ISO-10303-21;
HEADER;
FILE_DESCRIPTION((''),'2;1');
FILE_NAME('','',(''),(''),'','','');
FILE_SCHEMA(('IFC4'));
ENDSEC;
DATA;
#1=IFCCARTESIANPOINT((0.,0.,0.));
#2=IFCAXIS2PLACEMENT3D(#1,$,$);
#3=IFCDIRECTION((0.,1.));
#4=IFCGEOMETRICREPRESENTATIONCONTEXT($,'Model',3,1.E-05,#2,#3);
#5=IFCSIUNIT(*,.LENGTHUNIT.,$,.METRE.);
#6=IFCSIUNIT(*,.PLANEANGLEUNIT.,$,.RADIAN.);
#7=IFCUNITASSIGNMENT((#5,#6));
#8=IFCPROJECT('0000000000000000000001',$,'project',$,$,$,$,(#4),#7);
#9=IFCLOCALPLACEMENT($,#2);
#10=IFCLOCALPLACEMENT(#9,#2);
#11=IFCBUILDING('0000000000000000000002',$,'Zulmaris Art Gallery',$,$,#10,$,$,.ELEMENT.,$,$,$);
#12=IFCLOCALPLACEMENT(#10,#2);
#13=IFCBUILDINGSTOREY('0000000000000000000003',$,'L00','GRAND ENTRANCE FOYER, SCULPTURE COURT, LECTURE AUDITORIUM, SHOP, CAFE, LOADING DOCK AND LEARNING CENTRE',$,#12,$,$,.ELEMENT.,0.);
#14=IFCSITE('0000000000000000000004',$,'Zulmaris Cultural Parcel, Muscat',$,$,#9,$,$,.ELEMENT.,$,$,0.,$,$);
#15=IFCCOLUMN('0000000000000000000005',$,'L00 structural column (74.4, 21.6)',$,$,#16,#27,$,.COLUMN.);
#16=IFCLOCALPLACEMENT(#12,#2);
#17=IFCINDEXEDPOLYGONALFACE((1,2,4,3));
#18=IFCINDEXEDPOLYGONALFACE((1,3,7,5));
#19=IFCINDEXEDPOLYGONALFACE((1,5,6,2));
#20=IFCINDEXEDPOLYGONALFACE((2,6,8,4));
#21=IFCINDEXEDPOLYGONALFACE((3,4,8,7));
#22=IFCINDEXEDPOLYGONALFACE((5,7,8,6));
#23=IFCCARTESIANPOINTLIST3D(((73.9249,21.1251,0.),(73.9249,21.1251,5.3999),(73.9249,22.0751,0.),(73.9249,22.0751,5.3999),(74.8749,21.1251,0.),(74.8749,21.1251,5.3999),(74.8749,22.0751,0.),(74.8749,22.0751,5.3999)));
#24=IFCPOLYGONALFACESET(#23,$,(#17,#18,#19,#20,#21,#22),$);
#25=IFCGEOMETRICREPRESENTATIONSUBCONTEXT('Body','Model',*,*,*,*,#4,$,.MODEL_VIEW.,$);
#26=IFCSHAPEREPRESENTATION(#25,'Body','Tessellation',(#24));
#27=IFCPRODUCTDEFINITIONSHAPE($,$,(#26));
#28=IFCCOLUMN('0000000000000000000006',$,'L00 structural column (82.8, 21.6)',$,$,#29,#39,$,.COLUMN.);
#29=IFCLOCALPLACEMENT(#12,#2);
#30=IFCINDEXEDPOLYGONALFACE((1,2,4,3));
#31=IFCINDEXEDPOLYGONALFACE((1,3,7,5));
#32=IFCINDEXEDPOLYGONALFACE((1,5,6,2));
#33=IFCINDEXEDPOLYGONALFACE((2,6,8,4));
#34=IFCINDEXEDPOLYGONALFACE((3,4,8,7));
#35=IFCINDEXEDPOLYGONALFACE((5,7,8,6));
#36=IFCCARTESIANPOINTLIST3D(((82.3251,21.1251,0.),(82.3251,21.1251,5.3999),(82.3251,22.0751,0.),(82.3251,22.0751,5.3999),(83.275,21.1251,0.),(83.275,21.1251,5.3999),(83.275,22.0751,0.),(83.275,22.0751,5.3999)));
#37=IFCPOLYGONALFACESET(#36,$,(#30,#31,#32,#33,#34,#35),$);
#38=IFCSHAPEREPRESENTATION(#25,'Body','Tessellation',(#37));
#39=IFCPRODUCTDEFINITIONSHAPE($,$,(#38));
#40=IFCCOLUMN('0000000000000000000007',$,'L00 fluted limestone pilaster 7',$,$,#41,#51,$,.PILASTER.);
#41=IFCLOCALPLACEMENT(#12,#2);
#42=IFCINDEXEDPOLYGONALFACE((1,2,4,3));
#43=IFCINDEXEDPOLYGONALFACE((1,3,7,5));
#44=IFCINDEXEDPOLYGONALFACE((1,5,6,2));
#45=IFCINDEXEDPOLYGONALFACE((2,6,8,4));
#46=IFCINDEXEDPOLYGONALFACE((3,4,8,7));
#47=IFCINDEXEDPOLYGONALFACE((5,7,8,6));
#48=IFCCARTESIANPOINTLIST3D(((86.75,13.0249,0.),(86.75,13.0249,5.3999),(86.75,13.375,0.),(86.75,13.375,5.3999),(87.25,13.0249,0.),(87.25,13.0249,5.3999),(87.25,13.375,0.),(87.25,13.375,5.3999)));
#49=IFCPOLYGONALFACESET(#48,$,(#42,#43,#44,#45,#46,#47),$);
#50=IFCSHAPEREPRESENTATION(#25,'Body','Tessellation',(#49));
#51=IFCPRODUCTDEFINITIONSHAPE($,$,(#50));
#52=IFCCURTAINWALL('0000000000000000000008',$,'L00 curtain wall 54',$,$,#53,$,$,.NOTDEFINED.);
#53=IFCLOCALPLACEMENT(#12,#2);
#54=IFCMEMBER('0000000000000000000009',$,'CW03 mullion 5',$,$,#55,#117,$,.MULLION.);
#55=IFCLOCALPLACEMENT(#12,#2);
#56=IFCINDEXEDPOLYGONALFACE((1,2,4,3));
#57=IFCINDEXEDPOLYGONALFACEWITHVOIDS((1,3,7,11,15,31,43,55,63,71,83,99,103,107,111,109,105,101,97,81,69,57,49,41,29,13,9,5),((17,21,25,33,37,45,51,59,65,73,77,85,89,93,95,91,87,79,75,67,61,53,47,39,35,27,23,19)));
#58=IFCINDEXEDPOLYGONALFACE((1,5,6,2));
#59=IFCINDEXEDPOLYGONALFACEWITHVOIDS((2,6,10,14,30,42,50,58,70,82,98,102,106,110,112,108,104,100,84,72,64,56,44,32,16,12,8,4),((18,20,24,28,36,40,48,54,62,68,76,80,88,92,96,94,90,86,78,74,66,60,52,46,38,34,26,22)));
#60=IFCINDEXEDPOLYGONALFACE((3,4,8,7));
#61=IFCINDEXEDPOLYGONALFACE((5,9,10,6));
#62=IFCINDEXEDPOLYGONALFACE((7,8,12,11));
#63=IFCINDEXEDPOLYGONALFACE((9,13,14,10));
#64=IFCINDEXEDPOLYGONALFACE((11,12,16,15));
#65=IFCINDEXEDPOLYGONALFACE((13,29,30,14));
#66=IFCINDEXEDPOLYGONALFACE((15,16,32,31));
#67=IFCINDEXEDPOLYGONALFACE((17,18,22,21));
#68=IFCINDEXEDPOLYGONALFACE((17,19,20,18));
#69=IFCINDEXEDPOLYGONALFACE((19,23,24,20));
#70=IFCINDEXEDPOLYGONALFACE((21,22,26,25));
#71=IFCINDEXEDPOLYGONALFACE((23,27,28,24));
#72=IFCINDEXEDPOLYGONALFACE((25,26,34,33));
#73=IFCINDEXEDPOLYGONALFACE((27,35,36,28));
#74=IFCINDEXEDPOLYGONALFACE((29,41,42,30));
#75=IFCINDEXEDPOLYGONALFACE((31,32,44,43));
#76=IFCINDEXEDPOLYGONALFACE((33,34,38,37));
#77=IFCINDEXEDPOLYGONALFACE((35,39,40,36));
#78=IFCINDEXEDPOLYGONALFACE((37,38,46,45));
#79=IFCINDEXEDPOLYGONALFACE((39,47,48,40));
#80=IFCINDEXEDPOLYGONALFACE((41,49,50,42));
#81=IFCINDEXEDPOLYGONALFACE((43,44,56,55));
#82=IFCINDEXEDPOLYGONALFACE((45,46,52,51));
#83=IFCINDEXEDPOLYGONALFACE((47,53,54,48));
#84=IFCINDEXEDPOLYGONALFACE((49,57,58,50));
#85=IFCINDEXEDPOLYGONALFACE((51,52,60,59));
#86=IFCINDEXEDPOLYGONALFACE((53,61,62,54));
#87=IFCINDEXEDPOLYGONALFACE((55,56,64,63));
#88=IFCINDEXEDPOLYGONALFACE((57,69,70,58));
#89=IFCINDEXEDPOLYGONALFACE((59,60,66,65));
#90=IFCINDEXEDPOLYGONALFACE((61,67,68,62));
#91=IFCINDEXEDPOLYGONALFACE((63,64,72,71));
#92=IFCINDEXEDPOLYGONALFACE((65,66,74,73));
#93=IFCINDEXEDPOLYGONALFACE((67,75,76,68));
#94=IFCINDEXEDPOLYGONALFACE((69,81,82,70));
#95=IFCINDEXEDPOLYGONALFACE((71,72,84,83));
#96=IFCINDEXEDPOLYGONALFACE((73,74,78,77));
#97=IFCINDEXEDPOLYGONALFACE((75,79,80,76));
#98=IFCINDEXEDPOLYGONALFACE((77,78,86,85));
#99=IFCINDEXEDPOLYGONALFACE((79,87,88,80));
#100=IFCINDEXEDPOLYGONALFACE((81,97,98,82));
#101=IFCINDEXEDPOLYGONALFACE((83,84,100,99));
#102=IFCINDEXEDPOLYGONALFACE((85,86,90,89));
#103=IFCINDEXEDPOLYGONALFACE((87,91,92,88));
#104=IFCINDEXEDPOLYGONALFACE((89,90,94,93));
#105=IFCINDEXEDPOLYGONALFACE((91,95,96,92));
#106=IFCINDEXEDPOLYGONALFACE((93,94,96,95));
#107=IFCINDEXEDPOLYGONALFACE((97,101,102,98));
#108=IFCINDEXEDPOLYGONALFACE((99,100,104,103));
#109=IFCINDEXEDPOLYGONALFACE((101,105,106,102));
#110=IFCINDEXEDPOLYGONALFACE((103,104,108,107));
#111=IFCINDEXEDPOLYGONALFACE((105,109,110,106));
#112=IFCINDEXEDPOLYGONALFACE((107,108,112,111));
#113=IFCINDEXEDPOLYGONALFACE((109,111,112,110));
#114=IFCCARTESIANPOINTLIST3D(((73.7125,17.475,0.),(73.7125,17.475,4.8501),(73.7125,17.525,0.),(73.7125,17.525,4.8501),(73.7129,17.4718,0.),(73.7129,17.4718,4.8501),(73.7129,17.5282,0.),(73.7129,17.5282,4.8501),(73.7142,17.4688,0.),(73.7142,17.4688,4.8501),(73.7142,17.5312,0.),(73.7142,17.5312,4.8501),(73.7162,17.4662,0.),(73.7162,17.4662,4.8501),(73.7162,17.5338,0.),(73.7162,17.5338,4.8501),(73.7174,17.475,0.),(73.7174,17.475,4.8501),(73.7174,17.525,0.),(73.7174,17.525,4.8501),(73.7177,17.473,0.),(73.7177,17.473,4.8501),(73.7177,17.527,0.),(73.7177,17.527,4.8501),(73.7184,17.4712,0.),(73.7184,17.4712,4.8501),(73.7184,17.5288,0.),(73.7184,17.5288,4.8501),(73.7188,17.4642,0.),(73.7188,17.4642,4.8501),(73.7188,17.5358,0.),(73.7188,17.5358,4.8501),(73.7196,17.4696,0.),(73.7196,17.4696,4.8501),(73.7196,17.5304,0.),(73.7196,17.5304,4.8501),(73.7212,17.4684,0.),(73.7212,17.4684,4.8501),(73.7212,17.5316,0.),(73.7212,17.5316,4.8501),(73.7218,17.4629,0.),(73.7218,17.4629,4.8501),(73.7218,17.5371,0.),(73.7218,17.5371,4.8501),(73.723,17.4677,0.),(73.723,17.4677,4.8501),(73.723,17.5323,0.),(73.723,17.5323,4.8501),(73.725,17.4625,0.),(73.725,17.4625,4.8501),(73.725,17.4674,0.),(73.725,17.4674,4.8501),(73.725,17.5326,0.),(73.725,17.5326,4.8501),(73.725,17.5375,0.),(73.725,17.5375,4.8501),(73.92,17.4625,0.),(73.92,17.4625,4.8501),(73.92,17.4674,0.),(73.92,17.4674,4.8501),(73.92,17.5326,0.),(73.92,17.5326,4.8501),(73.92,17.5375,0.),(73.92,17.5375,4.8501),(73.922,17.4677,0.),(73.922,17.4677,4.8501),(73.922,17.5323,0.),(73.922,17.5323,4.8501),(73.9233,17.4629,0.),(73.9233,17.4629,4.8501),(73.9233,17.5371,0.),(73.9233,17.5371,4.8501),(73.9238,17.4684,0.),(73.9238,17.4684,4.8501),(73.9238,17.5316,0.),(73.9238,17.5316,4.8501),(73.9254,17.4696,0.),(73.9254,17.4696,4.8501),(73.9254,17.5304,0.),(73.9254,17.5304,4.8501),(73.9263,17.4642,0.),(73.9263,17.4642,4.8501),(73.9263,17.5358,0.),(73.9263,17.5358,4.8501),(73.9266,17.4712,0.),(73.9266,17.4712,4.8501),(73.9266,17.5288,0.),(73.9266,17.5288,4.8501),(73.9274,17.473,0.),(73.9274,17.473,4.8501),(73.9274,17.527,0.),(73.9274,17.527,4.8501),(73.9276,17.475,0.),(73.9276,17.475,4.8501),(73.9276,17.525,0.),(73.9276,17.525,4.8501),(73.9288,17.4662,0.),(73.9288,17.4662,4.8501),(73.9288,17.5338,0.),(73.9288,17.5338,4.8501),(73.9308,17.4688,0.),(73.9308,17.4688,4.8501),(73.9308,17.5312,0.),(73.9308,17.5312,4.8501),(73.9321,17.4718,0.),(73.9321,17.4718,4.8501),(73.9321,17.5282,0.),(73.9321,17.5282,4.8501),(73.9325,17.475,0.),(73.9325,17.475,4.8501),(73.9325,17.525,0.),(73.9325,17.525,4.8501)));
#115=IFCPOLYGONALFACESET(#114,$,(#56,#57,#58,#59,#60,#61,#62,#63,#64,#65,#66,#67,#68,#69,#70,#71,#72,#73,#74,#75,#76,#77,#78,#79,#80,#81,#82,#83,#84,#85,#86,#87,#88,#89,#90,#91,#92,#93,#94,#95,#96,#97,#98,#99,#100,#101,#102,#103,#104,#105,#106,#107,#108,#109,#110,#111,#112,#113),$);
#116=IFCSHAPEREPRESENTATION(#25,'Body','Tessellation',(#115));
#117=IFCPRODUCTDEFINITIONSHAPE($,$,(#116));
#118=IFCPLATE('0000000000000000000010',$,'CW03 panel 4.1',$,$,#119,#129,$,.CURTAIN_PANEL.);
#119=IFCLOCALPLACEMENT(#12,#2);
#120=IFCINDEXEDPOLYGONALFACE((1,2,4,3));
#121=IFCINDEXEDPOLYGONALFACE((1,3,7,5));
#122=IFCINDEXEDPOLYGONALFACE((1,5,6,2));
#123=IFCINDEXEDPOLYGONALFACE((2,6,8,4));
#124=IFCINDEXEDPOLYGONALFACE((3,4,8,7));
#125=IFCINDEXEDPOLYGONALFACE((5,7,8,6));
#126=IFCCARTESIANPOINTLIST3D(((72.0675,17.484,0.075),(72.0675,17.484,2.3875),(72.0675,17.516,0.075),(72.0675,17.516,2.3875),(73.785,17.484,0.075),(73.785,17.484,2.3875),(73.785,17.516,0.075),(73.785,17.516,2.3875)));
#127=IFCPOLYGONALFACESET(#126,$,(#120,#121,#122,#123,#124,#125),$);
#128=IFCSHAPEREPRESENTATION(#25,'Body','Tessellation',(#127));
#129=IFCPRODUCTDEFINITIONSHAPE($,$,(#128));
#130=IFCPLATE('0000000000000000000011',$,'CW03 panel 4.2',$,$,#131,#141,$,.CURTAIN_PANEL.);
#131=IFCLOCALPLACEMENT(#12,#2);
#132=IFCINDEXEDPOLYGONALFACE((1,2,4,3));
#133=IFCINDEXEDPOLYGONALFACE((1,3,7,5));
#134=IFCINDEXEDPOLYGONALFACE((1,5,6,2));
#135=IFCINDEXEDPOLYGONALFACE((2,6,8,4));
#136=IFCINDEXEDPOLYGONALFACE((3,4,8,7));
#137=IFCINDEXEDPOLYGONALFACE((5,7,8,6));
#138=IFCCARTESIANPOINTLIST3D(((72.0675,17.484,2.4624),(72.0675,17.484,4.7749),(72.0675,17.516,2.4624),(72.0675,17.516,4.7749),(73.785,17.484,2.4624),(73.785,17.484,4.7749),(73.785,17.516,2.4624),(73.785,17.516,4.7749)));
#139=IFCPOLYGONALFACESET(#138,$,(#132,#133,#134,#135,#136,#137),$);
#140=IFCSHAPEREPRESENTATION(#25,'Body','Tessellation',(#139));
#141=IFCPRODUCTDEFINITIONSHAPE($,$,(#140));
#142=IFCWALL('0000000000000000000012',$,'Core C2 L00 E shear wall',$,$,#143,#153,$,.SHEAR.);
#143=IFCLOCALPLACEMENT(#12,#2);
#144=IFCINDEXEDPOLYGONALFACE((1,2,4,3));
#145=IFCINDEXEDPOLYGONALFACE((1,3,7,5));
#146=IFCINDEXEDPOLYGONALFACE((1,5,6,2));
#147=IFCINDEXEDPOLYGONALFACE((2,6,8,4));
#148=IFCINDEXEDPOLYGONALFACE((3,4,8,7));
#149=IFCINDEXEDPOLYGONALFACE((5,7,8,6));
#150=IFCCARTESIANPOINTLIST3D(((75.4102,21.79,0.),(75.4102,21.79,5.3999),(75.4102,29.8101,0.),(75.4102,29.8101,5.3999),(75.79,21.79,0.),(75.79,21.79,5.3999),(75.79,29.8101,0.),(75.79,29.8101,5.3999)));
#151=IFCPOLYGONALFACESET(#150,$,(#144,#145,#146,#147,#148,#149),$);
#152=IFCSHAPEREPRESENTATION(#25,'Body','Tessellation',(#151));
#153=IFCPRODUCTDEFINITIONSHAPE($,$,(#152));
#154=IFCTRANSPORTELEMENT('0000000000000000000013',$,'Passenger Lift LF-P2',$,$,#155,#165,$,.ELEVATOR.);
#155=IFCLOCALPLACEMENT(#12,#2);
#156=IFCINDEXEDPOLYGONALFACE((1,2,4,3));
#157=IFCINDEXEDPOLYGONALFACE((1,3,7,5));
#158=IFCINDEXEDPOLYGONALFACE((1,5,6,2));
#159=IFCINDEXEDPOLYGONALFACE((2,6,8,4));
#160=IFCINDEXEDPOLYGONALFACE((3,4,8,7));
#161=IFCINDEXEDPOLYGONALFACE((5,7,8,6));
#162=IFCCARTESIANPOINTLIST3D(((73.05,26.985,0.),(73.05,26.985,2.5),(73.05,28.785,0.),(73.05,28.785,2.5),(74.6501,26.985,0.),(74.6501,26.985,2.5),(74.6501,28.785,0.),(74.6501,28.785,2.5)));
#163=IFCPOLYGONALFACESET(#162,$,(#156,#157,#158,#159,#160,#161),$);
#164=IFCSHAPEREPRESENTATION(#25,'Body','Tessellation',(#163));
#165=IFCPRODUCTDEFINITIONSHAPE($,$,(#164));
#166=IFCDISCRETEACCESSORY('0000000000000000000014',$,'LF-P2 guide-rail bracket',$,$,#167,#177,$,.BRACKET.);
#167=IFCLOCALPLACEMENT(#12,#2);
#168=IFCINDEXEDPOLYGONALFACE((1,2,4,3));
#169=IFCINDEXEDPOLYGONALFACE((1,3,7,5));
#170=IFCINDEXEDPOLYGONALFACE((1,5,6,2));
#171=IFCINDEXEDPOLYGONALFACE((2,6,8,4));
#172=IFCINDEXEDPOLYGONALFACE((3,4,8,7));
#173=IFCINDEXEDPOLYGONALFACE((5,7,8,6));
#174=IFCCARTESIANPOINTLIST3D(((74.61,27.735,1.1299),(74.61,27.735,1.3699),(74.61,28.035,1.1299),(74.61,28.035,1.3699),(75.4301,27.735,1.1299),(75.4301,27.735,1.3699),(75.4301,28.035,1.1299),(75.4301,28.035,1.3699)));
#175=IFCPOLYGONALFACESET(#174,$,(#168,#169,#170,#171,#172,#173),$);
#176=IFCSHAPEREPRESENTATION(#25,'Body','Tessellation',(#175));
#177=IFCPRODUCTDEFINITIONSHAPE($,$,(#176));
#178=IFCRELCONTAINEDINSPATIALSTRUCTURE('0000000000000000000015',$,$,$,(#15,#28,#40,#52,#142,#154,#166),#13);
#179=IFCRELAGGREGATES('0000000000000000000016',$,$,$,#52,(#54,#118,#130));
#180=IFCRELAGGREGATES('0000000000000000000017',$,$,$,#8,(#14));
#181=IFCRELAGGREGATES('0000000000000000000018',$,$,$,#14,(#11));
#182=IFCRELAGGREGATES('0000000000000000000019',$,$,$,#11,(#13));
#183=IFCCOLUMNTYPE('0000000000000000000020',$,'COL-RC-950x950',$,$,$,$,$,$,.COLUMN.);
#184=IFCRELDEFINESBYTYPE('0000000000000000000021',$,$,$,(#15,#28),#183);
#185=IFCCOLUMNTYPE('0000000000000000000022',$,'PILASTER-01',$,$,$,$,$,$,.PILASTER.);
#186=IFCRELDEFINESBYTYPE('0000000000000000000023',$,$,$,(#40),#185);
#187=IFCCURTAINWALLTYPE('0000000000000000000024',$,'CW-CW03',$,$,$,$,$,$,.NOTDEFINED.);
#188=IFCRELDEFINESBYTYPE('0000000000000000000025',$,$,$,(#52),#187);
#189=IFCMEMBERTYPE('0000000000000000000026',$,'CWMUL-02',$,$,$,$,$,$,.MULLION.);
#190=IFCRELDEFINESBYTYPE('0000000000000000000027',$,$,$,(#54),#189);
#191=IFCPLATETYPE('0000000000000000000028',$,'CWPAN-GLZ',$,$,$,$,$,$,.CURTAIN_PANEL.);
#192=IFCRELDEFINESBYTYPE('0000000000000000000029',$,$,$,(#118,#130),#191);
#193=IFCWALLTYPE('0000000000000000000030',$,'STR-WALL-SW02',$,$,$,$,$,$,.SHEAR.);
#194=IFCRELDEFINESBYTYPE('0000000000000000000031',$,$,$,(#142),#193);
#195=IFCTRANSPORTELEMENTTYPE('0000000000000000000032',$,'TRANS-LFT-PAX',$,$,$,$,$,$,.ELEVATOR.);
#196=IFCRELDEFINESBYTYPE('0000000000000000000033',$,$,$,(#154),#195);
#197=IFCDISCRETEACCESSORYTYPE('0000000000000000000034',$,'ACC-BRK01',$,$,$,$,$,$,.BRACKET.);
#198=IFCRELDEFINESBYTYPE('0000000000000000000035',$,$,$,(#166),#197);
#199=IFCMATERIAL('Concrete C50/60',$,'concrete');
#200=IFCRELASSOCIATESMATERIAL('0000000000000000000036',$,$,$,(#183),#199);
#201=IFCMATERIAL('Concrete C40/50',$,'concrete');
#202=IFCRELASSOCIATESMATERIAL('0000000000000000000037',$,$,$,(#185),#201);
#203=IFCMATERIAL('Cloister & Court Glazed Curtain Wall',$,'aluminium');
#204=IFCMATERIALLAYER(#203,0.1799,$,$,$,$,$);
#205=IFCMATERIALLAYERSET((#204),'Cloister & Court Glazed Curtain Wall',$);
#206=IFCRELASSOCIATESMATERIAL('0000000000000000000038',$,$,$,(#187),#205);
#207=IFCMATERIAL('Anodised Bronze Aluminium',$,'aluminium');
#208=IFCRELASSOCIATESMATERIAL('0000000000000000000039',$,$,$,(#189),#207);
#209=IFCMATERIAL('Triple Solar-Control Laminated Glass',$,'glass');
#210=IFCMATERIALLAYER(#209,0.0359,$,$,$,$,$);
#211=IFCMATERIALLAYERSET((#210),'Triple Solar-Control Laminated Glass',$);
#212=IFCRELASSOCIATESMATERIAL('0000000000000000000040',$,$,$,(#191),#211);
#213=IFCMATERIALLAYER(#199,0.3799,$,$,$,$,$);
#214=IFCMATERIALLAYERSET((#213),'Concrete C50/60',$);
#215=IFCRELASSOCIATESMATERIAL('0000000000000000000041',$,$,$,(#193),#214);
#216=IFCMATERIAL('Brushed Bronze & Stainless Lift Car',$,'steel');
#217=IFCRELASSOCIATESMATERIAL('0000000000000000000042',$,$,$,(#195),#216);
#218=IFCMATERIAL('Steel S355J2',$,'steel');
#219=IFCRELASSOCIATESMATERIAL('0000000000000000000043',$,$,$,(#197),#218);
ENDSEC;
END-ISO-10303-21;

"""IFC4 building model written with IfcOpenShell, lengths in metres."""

from ifc_helpers import new_model, si_unit, direction, frame, frame_2d, origin, origin_2d, place, context, subcontext, project, spatial, rectangle, hollow_rectangle, extrude, material, layer, layer_set, material_profile, profile_set, type_object, element, aggregate, save


model = new_model("IFC4")

# Units and contexts
model_context = context("Model", 3, precision=1e-05, world=origin(), true_north=direction((0.0, 1.0)))
body_context = subcontext(model_context, "Body", "Model", "MODEL_VIEW")
ifc_project = project(units=[si_unit("LENGTHUNIT", "METRE"), si_unit("PLANEANGLEUNIT", "RADIAN")], contexts=[model_context])

# Site, building, storey
site_placement = place(None, origin())
site = spatial("IfcSite", under=ifc_project, at=site_placement, Name="Zulmaris Cultural Parcel, Muscat", CompositionType="ELEMENT", RefElevation=0.0)
building_placement = place(site_placement, origin())
building = spatial("IfcBuilding", under=site, at=building_placement, Name="Zulmaris Art Gallery", CompositionType="ELEMENT")
storey_placement = place(building_placement, origin())
storey = spatial("IfcBuildingStorey", under=building, at=storey_placement, Name="L00", Description="GRAND ENTRANCE FOYER, SCULPTURE COURT, LECTURE AUDITORIUM, SHOP, CAFE, LOADING DOCK AND LEARNING CENTRE", CompositionType="ELEMENT", Elevation=0.0)

# Shared definitions
ifc_material_1 = material(Name="Concrete C40/50", Category="concrete")

# Columns
ifc_material_2 = material(Name="Concrete C50/60", Category="concrete")
ifc_material_profile_1 = material_profile(ifc_material_2, rectangle(XDim=0.95, YDim=0.95, at=origin_2d()), Name="RC 950x950")
ifc_profile_set_1 = profile_set([ifc_material_profile_1], Name="Concrete C50/60")
column_type_1 = type_object("IfcColumnType", Name="COL-RC-950x950", PredefinedType="COLUMN", material=ifc_profile_set_1)
for number, where, z_axis, x_axis, name in (
    (1, (74.3999, 21.6001, 0.0), (0.0, 0.0, 1.0), (1.0, 0.0, 0.0), "L00 structural column (74.4, 21.6)"),
    (2, (82.8, 21.6001, 0.0), (0.0, 0.0, 1.0), (1.0, 0.0, 0.0), "L00 structural column (82.8, 21.6)"),
):
    element("IfcColumn", number, at=place(storey_placement, frame(where, z_axis=z_axis, x_axis=x_axis)), inside=storey, type_object=column_type_1, Name=name, PredefinedType="COLUMN", context=body_context, shape_type="SweptSolid", body=[
        extrude(rectangle(XDim=0.95, YDim=0.95, at=origin_2d()), origin(), (0.0, 0.0, 1.0), 5.3999),
    ])
ifc_material_profile_2 = material_profile(ifc_material_1, rectangle(XDim=0.5, YDim=0.3501, at=origin_2d()), Name="PIL 500x350")
ifc_profile_set_2 = profile_set([ifc_material_profile_2], Name="Concrete C40/50")
column_type_2 = type_object("IfcColumnType", Name="PILASTER-01", PredefinedType="PILASTER", material=ifc_profile_set_2)
column_1_placement = place(storey_placement, frame((87.0, 13.2, 0.0), z_axis=(0.0, 0.0, 1.0), x_axis=(1.0, 0.0, 0.0)))
element("IfcColumn", 3, at=column_1_placement, inside=storey, type_object=column_type_2, Name="L00 fluted limestone pilaster 7", PredefinedType="PILASTER", context=body_context, shape_type="SweptSolid", body=[
    extrude(rectangle(XDim=0.5, YDim=0.3501, at=origin_2d()), origin(), (0.0, 0.0, 1.0), 5.3999),
])

# Curtain wall, member, plates
ifc_material_3 = material(Name="Cloister & Court Glazed Curtain Wall", Category="aluminium")
ifc_layer_1 = layer(ifc_material_3, 0.1799)
ifc_layer_set_1 = layer_set([ifc_layer_1], Name="Cloister & Court Glazed Curtain Wall")
curtain_wall_type = type_object("IfcCurtainWallType", Name="CW-CW03", PredefinedType="NOTDEFINED", material=ifc_layer_set_1)
curtain_wall_placement = place(storey_placement, origin())
curtain_wall = element("IfcCurtainWall", 4, at=curtain_wall_placement, inside=storey, type_object=curtain_wall_type, Name="L00 curtain wall 54", PredefinedType="NOTDEFINED")
ifc_material_4 = material(Name="Anodised Bronze Aluminium", Category="aluminium")
ifc_material_profile_3 = material_profile(ifc_material_4, hollow_rectangle(XDim=0.075, YDim=0.22, WallThickness=0.0049, InnerFilletRadius=0.0076, OuterFilletRadius=0.0125, at=origin_2d()), Name="ALU 75x220x5")
ifc_profile_set_3 = profile_set([ifc_material_profile_3], Name="Anodised Bronze Aluminium")
member_type = type_object("IfcMemberType", Name="CWMUL-02", PredefinedType="MULLION", material=ifc_profile_set_3)
member_placement = place(storey_placement, frame((73.8225, 17.5, 0.0), z_axis=(0.0, 0.0, 1.0), x_axis=(0.0, 1.0, 0.0)))
member = element("IfcMember", 5, at=member_placement, type_object=member_type, Name="CW03 mullion 5", PredefinedType="MULLION", context=body_context, shape_type="SweptSolid", body=[
    extrude(hollow_rectangle(XDim=0.075, YDim=0.22, WallThickness=0.0049, InnerFilletRadius=0.0076, OuterFilletRadius=0.0125, at=origin_2d()), origin(), (0.0, 0.0, 1.0), 4.8501),
])
ifc_material_5 = material(Name="Triple Solar-Control Laminated Glass", Category="glass")
ifc_layer_2 = layer(ifc_material_5, 0.0359)
ifc_layer_set_2 = layer_set([ifc_layer_2], Name="Triple Solar-Control Laminated Glass")
plate_type = type_object("IfcPlateType", Name="CWPAN-GLZ", PredefinedType="CURTAIN_PANEL", material=ifc_layer_set_2)
plate_1_placement = place(storey_placement, frame((72.9263, 17.5, 0.075), z_axis=(0.0, 0.0, 1.0), x_axis=(1.0, 0.0, 0.0)))
plate_1 = element("IfcPlate", 6, at=plate_1_placement, type_object=plate_type, Name="CW03 panel 4.1", PredefinedType="CURTAIN_PANEL", context=body_context, shape_type="SweptSolid", body=[
    extrude(rectangle(XDim=1.7175, YDim=0.032, at=origin_2d()), origin(), (0.0, 0.0, 1.0), 2.3125),
])
plate_2_placement = place(storey_placement, frame((72.9263, 17.5, 2.4624), z_axis=(0.0, 0.0, 1.0), x_axis=(1.0, 0.0, 0.0)))
plate_2 = element("IfcPlate", 7, at=plate_2_placement, type_object=plate_type, Name="CW03 panel 4.2", PredefinedType="CURTAIN_PANEL", context=body_context, shape_type="SweptSolid", body=[
    extrude(rectangle(XDim=1.7175, YDim=0.032, at=origin_2d()), origin(), (0.0, 0.0, 1.0), 2.3125),
])
aggregate(curtain_wall, [member, plate_1, plate_2])

# Wall
ifc_layer_3 = layer(ifc_material_2, 0.3799)
ifc_layer_set_3 = layer_set([ifc_layer_3], Name="Concrete C50/60")
wall_type = type_object("IfcWallType", Name="STR-WALL-SW02", PredefinedType="SHEAR", material=ifc_layer_set_3)
wall_placement = place(storey_placement, frame((75.6001, 21.79, 0.0), z_axis=(0.0, 0.0, 1.0), x_axis=(0.0, 1.0, 0.0)))
element("IfcWall", 8, at=wall_placement, inside=storey, type_object=wall_type, Name="Core C2 L00 E shear wall", PredefinedType="SHEAR", context=body_context, shape_type="SweptSolid", body=[
    extrude(rectangle(XDim=8.02, YDim=0.3799, at=frame_2d((4.01, 0.0))), origin(), (0.0, 0.0, 1.0), 5.3999),
])

# Transport element
ifc_material_6 = material(Name="Brushed Bronze & Stainless Lift Car", Category="steel")
transport_element_type = type_object("IfcTransportElementType", Name="TRANS-LFT-PAX", PredefinedType="ELEVATOR", material=ifc_material_6)
transport_element_placement = place(storey_placement, frame((73.8501, 27.885, 0.0), z_axis=(0.0, 0.0, 1.0), x_axis=(1.0, 0.0, 0.0)))
element("IfcTransportElement", 9, at=transport_element_placement, inside=storey, type_object=transport_element_type, Name="Passenger Lift LF-P2", PredefinedType="ELEVATOR", context=body_context, shape_type="SweptSolid", body=[
    extrude(rectangle(XDim=1.6001, YDim=1.8, at=origin_2d()), origin(), (0.0, 0.0, 1.0), 2.5),
])

# Discrete accessory
ifc_material_7 = material(Name="Steel S355J2", Category="steel")
discrete_accessory_type = type_object("IfcDiscreteAccessoryType", Name="ACC-BRK01", PredefinedType="BRACKET", material=ifc_material_7)
discrete_accessory_placement = place(storey_placement, frame((75.02, 27.885, 1.1299), z_axis=(0.0, 0.0, 1.0), x_axis=(1.0, 0.0, 0.0)))
element("IfcDiscreteAccessory", 10, at=discrete_accessory_placement, inside=storey, type_object=discrete_accessory_type, Name="LF-P2 guide-rail bracket", PredefinedType="BRACKET", context=body_context, shape_type="SweptSolid", body=[
    extrude(rectangle(XDim=0.8201, YDim=0.3, at=origin_2d()), origin(), (0.0, 0.0, 1.0), 0.24),
])

save(model, "model.ifc")
